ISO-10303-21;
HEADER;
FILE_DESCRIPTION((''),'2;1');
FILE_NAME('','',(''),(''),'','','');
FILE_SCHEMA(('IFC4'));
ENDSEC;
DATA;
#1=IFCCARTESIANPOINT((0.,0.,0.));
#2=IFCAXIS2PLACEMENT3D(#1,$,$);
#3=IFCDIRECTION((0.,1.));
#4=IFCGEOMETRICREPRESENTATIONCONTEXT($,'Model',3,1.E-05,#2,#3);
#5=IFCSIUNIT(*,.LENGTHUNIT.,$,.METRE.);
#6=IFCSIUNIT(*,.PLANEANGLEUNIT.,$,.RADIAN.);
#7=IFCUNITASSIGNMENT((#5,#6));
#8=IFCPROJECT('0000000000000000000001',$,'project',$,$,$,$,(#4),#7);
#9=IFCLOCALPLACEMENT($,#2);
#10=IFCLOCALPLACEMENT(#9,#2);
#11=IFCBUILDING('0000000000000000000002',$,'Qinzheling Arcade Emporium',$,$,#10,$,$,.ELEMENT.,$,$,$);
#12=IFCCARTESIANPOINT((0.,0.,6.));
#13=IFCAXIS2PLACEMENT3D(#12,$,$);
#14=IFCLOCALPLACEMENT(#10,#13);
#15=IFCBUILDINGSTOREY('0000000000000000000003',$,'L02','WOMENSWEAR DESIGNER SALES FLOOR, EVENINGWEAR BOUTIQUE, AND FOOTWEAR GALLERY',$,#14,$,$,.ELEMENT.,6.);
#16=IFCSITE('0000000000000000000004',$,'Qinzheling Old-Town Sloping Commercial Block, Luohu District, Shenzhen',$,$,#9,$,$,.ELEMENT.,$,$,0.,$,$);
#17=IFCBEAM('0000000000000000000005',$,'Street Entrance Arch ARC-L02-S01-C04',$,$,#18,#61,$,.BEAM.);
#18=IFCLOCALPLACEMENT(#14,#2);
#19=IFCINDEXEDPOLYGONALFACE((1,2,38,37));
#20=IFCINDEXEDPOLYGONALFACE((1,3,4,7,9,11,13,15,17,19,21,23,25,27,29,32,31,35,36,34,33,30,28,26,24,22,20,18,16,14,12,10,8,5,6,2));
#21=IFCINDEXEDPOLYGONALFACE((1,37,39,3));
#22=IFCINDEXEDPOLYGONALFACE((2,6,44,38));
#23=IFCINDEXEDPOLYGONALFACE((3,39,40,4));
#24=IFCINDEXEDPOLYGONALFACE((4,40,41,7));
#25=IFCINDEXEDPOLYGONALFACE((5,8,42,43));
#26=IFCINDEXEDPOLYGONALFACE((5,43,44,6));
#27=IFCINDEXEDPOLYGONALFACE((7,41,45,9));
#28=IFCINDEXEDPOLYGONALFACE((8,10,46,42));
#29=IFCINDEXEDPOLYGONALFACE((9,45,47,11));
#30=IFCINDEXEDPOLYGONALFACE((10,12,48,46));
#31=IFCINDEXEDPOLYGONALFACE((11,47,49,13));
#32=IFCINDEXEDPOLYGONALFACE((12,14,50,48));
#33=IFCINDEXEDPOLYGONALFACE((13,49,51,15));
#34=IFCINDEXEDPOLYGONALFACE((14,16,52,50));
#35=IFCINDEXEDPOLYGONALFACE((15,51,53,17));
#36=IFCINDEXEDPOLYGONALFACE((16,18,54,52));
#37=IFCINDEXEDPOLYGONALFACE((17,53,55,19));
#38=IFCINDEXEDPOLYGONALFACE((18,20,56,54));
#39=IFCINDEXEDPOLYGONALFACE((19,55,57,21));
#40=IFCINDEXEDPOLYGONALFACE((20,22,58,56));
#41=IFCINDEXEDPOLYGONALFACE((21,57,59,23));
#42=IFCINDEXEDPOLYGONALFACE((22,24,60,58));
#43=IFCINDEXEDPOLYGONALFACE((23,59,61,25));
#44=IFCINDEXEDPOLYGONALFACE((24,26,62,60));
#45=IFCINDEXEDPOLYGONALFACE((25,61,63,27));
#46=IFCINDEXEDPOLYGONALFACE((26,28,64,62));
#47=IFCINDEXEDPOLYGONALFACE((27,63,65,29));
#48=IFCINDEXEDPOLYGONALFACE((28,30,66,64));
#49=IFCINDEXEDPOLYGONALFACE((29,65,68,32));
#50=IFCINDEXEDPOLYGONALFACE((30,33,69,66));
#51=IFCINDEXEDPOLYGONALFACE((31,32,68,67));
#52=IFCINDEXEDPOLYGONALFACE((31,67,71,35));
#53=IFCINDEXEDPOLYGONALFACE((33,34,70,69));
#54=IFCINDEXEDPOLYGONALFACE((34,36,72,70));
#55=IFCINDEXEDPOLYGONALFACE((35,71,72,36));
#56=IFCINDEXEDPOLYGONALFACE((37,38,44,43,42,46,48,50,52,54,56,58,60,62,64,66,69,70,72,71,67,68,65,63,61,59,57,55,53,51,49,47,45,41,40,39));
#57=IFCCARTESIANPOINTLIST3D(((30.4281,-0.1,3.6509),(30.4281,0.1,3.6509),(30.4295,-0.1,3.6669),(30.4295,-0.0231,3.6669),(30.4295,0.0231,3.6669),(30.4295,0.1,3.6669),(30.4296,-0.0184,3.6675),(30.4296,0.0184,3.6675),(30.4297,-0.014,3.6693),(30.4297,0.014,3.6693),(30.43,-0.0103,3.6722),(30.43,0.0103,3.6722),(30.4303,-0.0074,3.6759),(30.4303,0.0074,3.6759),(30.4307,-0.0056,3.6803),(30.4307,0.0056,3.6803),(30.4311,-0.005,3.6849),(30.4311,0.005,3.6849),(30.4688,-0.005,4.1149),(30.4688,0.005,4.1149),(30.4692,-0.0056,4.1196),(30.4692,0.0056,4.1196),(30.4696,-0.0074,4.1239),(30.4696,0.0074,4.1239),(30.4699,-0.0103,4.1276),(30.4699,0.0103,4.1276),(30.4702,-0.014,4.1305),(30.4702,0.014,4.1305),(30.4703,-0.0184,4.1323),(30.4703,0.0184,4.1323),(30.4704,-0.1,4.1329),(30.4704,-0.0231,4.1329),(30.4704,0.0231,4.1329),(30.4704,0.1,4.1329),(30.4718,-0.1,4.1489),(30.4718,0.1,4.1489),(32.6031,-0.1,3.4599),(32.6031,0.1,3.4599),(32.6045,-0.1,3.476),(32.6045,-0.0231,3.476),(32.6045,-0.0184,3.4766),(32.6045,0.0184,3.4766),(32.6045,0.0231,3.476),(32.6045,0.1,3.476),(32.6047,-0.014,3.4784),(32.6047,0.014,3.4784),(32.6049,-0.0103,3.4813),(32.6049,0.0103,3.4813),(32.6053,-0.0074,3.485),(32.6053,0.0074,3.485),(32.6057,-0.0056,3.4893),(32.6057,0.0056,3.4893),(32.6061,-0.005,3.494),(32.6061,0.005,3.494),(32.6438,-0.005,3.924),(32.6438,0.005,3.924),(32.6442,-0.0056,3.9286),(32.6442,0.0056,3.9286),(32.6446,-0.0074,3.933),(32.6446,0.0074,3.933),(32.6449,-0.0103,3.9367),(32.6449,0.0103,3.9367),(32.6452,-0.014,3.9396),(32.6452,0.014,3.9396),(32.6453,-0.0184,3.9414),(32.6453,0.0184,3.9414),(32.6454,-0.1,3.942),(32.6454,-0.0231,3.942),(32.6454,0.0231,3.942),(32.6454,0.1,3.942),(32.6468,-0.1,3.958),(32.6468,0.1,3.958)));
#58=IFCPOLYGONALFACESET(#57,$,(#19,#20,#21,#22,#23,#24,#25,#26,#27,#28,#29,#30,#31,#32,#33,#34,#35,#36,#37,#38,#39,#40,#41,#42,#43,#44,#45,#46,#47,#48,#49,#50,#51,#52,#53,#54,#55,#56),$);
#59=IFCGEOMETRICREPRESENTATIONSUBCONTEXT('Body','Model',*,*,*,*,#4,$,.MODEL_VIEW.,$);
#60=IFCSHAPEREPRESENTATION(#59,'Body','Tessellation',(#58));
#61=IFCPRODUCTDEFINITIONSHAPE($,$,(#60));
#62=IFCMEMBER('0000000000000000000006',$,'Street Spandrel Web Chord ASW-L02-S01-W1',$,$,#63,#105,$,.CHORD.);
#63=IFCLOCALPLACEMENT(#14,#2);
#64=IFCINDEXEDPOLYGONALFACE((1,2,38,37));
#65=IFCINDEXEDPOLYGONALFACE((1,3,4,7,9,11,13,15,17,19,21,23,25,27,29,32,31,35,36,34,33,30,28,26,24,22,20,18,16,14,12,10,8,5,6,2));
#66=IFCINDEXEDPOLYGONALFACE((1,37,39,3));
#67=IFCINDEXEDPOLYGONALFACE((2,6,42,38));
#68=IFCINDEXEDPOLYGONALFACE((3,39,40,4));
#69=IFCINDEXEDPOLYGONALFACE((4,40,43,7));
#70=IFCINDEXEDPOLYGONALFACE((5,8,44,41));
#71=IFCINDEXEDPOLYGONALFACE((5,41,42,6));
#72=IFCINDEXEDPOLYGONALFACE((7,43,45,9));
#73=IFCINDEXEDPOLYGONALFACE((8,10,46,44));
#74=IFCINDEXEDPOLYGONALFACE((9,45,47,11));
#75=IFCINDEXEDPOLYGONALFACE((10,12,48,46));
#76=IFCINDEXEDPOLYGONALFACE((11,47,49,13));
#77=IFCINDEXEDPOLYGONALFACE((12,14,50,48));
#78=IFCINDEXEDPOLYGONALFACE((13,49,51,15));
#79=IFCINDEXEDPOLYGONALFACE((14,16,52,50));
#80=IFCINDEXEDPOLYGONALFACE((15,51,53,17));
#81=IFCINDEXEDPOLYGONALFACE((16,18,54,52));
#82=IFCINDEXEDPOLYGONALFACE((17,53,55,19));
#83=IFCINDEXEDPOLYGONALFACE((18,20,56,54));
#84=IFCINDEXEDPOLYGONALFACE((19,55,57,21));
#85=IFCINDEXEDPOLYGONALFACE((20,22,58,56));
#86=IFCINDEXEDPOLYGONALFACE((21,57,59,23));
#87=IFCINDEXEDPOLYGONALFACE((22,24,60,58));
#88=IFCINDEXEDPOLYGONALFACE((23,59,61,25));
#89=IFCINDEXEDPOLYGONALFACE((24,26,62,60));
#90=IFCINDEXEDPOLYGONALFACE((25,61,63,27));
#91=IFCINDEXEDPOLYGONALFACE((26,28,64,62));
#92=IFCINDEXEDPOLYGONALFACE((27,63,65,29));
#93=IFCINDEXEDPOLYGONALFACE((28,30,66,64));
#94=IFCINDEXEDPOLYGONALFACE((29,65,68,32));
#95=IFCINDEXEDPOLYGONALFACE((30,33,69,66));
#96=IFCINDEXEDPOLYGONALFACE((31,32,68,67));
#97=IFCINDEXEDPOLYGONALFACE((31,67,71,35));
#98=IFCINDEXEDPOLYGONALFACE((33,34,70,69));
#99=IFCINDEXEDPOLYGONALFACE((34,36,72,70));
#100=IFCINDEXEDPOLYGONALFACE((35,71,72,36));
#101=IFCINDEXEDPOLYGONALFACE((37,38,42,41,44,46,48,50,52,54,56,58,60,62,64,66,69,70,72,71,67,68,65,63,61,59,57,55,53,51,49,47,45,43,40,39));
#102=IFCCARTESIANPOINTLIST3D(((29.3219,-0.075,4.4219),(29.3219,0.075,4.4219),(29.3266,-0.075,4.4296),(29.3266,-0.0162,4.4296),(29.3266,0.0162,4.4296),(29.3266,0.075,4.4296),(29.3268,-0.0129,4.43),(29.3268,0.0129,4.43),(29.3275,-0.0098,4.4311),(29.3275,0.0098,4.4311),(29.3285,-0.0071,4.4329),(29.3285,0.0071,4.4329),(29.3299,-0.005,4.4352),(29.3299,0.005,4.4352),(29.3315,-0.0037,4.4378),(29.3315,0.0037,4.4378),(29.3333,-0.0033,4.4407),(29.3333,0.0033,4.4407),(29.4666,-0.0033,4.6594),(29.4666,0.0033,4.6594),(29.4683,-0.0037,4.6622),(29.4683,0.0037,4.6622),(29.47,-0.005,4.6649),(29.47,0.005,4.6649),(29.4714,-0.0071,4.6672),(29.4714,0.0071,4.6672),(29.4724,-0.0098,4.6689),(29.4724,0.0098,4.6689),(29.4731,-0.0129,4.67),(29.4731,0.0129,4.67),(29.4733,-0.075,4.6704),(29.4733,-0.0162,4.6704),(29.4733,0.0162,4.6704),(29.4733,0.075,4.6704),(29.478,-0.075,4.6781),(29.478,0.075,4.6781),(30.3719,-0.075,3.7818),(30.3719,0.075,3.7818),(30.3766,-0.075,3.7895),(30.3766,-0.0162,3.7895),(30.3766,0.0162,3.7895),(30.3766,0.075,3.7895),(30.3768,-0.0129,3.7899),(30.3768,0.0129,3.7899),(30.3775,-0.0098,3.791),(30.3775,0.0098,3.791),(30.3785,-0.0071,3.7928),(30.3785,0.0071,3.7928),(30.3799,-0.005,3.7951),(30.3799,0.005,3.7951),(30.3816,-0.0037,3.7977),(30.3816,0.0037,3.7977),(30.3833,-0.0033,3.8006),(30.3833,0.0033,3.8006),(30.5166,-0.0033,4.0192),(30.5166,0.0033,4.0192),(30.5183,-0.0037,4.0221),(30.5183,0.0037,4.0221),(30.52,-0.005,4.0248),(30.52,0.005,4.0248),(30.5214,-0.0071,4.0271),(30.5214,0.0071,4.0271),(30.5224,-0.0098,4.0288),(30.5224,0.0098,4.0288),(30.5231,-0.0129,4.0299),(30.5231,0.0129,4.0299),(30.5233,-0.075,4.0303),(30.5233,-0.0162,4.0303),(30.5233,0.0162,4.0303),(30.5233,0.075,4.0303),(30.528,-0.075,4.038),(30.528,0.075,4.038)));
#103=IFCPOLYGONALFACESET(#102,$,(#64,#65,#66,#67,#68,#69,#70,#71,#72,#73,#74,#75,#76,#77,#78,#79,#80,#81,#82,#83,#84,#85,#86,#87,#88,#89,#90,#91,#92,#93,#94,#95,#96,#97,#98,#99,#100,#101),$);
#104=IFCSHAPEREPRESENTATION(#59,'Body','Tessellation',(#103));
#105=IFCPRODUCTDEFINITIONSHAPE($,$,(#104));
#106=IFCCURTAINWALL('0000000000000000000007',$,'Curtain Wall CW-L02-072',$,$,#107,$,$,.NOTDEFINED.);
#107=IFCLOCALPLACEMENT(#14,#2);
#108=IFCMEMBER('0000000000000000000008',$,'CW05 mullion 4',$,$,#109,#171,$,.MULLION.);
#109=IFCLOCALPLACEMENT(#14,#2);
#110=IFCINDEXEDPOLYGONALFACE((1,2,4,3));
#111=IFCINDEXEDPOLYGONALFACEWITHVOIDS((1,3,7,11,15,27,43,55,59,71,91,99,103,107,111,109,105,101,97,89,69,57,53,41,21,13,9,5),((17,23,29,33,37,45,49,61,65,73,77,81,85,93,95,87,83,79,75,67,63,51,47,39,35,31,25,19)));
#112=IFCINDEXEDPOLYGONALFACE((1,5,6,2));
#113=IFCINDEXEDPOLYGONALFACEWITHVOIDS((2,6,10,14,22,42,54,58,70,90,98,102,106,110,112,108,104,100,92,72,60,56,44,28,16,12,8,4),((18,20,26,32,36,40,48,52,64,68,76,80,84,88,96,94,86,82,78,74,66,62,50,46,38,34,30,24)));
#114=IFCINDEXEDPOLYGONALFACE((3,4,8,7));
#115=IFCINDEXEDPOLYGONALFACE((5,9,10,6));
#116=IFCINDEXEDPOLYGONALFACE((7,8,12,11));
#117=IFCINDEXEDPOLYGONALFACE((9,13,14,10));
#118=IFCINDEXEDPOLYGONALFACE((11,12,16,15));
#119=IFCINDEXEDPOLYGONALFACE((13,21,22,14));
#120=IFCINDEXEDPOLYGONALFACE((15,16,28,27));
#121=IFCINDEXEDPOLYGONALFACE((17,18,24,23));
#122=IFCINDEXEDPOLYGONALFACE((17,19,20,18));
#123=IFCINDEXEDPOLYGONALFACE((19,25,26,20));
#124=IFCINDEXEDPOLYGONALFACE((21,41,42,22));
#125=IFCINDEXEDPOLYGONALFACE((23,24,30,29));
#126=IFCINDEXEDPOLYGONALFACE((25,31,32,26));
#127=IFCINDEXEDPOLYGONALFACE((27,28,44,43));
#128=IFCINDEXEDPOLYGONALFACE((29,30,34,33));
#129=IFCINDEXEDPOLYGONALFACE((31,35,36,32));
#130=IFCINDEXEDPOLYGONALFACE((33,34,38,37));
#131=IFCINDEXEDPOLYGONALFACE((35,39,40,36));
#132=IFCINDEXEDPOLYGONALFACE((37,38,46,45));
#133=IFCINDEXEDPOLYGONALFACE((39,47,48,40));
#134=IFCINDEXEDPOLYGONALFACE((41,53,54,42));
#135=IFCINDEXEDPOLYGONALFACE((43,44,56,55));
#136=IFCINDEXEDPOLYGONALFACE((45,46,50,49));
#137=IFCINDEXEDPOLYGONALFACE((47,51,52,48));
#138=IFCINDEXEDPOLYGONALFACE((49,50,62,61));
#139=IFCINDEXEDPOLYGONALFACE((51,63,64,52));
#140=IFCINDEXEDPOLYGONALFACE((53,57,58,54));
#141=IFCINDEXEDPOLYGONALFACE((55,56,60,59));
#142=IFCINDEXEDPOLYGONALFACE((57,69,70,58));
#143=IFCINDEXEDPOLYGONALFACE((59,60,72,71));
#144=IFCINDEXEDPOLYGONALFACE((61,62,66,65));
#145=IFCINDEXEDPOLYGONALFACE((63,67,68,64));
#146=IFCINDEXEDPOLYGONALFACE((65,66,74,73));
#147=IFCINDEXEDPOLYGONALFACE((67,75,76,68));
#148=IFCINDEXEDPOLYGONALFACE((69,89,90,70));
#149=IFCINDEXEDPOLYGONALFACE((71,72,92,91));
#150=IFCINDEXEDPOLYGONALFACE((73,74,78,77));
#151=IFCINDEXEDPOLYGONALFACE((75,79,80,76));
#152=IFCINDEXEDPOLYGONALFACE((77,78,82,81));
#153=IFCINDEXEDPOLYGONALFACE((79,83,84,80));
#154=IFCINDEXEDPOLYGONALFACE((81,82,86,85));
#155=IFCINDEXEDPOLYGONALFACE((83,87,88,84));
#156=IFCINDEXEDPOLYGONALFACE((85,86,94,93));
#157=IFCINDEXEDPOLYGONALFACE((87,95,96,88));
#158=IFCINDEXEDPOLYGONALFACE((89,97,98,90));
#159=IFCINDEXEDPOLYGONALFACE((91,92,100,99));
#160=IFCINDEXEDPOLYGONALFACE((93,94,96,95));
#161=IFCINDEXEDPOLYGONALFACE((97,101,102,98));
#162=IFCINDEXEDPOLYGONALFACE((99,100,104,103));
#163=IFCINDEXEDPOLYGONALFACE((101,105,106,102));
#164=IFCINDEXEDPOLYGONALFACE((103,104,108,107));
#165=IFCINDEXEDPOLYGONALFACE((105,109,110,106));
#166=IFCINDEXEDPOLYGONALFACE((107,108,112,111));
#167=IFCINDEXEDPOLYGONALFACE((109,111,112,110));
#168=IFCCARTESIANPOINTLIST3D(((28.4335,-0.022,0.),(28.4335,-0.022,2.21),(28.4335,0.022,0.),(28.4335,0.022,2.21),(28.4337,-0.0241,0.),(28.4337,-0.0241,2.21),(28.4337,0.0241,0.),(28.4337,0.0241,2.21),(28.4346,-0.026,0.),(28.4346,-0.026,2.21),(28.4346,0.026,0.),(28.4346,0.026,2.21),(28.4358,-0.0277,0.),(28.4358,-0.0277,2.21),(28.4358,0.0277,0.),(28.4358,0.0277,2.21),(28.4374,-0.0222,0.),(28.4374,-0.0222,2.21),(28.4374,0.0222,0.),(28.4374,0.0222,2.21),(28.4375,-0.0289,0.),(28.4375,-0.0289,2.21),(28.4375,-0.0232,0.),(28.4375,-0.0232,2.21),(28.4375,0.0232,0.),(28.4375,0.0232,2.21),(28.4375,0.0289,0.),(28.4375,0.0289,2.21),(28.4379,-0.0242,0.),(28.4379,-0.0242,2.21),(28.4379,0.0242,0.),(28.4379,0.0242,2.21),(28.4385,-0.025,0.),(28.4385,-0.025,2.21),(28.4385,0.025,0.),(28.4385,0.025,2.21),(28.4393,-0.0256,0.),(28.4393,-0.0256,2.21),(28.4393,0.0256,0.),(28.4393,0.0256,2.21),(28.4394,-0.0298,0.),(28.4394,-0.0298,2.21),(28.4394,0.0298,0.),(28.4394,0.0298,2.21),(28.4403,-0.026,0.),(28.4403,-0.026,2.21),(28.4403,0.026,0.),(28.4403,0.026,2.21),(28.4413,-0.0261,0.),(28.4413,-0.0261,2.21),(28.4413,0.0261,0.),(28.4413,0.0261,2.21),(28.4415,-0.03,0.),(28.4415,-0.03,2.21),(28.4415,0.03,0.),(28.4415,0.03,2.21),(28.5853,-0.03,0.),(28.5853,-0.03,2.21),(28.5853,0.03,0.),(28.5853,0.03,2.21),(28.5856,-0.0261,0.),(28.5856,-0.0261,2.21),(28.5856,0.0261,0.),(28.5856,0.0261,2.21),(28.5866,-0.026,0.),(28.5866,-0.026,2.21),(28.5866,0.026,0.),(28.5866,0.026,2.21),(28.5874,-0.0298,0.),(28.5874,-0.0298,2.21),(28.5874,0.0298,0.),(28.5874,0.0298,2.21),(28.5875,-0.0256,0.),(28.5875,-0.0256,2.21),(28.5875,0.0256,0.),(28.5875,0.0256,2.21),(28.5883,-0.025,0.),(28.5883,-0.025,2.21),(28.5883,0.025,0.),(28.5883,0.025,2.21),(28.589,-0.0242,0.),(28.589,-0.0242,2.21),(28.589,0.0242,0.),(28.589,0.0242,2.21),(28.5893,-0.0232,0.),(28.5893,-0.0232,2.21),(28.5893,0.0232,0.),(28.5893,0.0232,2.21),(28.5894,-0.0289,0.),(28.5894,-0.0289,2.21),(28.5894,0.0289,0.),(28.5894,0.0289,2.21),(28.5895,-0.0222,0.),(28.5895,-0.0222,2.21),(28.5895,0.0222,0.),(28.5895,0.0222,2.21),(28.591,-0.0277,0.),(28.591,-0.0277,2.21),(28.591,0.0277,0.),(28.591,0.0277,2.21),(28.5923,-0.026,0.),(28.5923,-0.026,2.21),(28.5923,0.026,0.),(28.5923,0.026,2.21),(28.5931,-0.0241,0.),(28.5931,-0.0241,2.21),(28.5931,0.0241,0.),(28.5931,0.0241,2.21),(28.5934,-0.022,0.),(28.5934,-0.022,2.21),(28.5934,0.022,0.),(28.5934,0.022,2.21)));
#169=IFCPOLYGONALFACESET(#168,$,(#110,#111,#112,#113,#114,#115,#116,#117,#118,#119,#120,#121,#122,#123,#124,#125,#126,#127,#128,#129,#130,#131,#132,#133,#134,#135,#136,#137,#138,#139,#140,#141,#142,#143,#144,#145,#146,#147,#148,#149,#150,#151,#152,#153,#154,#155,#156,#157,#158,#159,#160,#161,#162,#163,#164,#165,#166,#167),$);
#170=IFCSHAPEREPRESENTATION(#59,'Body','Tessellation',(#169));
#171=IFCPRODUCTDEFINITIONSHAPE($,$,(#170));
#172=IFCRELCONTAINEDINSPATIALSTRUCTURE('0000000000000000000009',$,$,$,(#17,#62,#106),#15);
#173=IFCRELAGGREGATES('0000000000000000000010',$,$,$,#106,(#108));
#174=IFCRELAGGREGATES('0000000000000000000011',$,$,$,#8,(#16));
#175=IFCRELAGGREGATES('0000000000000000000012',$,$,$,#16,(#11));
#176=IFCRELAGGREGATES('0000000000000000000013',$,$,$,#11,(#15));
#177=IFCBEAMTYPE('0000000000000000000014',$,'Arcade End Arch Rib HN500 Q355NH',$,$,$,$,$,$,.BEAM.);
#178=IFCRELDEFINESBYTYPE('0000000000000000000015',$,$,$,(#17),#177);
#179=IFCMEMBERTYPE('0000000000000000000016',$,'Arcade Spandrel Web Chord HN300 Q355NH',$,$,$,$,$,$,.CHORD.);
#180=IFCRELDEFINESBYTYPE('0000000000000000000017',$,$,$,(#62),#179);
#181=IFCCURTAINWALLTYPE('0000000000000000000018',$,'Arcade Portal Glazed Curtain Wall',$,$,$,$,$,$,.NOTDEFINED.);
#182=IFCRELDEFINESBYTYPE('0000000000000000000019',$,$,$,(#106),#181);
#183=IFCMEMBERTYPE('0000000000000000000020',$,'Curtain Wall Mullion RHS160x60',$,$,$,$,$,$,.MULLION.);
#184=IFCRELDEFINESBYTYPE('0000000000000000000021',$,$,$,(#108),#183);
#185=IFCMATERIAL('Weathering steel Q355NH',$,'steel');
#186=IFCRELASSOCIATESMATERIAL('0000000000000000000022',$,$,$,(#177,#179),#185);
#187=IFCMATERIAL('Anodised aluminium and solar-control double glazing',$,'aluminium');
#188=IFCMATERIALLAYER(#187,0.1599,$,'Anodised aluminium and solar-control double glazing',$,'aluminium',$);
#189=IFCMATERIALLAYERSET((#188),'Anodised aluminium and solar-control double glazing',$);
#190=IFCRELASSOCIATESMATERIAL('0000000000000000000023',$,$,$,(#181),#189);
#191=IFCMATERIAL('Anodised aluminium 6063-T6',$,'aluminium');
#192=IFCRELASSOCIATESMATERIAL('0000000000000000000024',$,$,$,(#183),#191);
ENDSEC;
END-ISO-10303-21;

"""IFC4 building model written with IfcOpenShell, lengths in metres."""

from ifc_helpers import new_model, si_unit, direction, frame, origin, origin_2d, place, context, subcontext, project, spatial, hollow_rectangle, i_section, extrude, material, layer, layer_set, material_profile, profile_set, type_object, element, aggregate, save


model = new_model("IFC4")

# Units and contexts
model_context = context("Model", 3, precision=1e-05, world=origin(), true_north=direction((0.0, 1.0)))
body_context = subcontext(model_context, "Body", "Model", "MODEL_VIEW")
ifc_project = project(units=[si_unit("LENGTHUNIT", "METRE"), si_unit("PLANEANGLEUNIT", "RADIAN")], contexts=[model_context])

# Site, building, storey
site_placement = place(None, origin())
site = spatial("IfcSite", under=ifc_project, at=site_placement, Name="Qinzheling Old-Town Sloping Commercial Block, Luohu District, Shenzhen", CompositionType="ELEMENT", RefElevation=0.0)
building_placement = place(site_placement, origin())
building = spatial("IfcBuilding", under=site, at=building_placement, Name="Qinzheling Arcade Emporium", CompositionType="ELEMENT")
storey_placement = place(building_placement, frame((0.0, 0.0, 6.0)))
storey = spatial("IfcBuildingStorey", under=building, at=storey_placement, Name="L02", Description="WOMENSWEAR DESIGNER SALES FLOOR, EVENINGWEAR BOUTIQUE, AND FOOTWEAR GALLERY", CompositionType="ELEMENT", Elevation=6.0)

# Beam
ifc_material_1 = material(Name="Weathering steel Q355NH", Category="steel")
ifc_material_profile_1 = material_profile(ifc_material_1, i_section(OverallWidth=0.2, OverallDepth=0.5, WebThickness=0.01, FlangeThickness=0.0161, FilletRadius=0.0181, at=origin_2d()), Name="HN 500x200x10x16", Category="steel")
ifc_profile_set_1 = profile_set([ifc_material_profile_1], Name="Weathering steel Q355NH")
beam_type_1 = type_object("IfcBeamType", Name="Arcade End Arch Rib HN500 Q355NH", PredefinedType="BEAM", material=ifc_profile_set_1)
for number, where, z_axis, x_axis, name in (
    (1, (30.45, 0.0, 3.8999), (0.99617, 0.0, -0.08744), (0.0, 1.0, 0.0), "Street Entrance Arch ARC-L02-S01-C04"),
):
    element("IfcBeam", number, at=place(storey_placement, frame(where, z_axis=z_axis, x_axis=x_axis)), inside=storey, type_object=beam_type_1, Name=name, PredefinedType="BEAM", context=body_context, shape_type="SweptSolid", body=[
        extrude(i_section(OverallWidth=0.2, OverallDepth=0.5, WebThickness=0.01, FlangeThickness=0.0161, FilletRadius=0.0181, at=origin_2d()), origin(), (0.0, 0.0, 1.0), 2.1833),
    ])

# Member
ifc_material_profile_2 = material_profile(ifc_material_1, i_section(OverallWidth=0.1499, OverallDepth=0.3, WebThickness=0.0066, FlangeThickness=0.009, FilletRadius=0.0129, at=origin_2d()), Name="HN 300x150x6.5x9", Category="steel")
ifc_profile_set_2 = profile_set([ifc_material_profile_2], Name="Weathering steel Q355NH")
member_type_1 = type_object("IfcMemberType", Name="Arcade Spandrel Web Chord HN300 Q355NH", PredefinedType="CHORD", material=ifc_profile_set_2)
member_1_placement = place(storey_placement, frame((30.45, 0.0, 3.9099), z_axis=(-0.853846, 0.0, 0.520526), x_axis=(0.0, -1.0, 0.0)))
element("IfcMember", 2, at=member_1_placement, inside=storey, type_object=member_type_1, Name="Street Spandrel Web Chord ASW-L02-S01-W1", PredefinedType="CHORD", context=body_context, shape_type="SweptSolid", body=[
    extrude(i_section(OverallWidth=0.1499, OverallDepth=0.3, WebThickness=0.0066, FlangeThickness=0.009, FilletRadius=0.0129, at=origin_2d()), origin(), (0.0, 0.0, 1.0), 1.2297),
])

# Curtain wall, member
ifc_material_2 = material(Name="Anodised aluminium and solar-control double glazing", Category="aluminium")
ifc_layer_1 = layer(ifc_material_2, 0.1599, Name="Anodised aluminium and solar-control double glazing", Category="aluminium")
ifc_layer_set_1 = layer_set([ifc_layer_1], Name="Anodised aluminium and solar-control double glazing")
curtain_wall_type = type_object("IfcCurtainWallType", Name="Arcade Portal Glazed Curtain Wall", PredefinedType="NOTDEFINED", material=ifc_layer_set_1)
curtain_wall_placement = place(storey_placement, origin())
curtain_wall = element("IfcCurtainWall", 3, at=curtain_wall_placement, inside=storey, type_object=curtain_wall_type, Name="Curtain Wall CW-L02-072", PredefinedType="NOTDEFINED")
ifc_material_3 = material(Name="Anodised aluminium 6063-T6", Category="aluminium")
ifc_material_profile_3 = material_profile(ifc_material_3, hollow_rectangle(XDim=0.0601, YDim=0.1599, WallThickness=0.0039, InnerFilletRadius=0.0039, OuterFilletRadius=0.0081, at=origin_2d()), Name="RHS 160x60x4", Category="aluminium")
ifc_profile_set_3 = profile_set([ifc_material_profile_3], Name="Anodised aluminium 6063-T6")
member_type_2 = type_object("IfcMemberType", Name="Curtain Wall Mullion RHS160x60", PredefinedType="MULLION", material=ifc_profile_set_3)
member_2_placement = place(storey_placement, frame((28.5134, 0.0, 0.0), z_axis=(0.0, 0.0, 1.0), x_axis=(0.0, -1.0, 0.0)))
member_2 = element("IfcMember", 4, at=member_2_placement, type_object=member_type_2, Name="CW05 mullion 4", PredefinedType="MULLION", context=body_context, shape_type="SweptSolid", body=[
    extrude(hollow_rectangle(XDim=0.0601, YDim=0.1599, WallThickness=0.0039, InnerFilletRadius=0.0039, OuterFilletRadius=0.0081, at=origin_2d()), origin(), (0.0, 0.0, 1.0), 2.21),
])

aggregate(curtain_wall, [member_2])

save(model, "model.ifc")
